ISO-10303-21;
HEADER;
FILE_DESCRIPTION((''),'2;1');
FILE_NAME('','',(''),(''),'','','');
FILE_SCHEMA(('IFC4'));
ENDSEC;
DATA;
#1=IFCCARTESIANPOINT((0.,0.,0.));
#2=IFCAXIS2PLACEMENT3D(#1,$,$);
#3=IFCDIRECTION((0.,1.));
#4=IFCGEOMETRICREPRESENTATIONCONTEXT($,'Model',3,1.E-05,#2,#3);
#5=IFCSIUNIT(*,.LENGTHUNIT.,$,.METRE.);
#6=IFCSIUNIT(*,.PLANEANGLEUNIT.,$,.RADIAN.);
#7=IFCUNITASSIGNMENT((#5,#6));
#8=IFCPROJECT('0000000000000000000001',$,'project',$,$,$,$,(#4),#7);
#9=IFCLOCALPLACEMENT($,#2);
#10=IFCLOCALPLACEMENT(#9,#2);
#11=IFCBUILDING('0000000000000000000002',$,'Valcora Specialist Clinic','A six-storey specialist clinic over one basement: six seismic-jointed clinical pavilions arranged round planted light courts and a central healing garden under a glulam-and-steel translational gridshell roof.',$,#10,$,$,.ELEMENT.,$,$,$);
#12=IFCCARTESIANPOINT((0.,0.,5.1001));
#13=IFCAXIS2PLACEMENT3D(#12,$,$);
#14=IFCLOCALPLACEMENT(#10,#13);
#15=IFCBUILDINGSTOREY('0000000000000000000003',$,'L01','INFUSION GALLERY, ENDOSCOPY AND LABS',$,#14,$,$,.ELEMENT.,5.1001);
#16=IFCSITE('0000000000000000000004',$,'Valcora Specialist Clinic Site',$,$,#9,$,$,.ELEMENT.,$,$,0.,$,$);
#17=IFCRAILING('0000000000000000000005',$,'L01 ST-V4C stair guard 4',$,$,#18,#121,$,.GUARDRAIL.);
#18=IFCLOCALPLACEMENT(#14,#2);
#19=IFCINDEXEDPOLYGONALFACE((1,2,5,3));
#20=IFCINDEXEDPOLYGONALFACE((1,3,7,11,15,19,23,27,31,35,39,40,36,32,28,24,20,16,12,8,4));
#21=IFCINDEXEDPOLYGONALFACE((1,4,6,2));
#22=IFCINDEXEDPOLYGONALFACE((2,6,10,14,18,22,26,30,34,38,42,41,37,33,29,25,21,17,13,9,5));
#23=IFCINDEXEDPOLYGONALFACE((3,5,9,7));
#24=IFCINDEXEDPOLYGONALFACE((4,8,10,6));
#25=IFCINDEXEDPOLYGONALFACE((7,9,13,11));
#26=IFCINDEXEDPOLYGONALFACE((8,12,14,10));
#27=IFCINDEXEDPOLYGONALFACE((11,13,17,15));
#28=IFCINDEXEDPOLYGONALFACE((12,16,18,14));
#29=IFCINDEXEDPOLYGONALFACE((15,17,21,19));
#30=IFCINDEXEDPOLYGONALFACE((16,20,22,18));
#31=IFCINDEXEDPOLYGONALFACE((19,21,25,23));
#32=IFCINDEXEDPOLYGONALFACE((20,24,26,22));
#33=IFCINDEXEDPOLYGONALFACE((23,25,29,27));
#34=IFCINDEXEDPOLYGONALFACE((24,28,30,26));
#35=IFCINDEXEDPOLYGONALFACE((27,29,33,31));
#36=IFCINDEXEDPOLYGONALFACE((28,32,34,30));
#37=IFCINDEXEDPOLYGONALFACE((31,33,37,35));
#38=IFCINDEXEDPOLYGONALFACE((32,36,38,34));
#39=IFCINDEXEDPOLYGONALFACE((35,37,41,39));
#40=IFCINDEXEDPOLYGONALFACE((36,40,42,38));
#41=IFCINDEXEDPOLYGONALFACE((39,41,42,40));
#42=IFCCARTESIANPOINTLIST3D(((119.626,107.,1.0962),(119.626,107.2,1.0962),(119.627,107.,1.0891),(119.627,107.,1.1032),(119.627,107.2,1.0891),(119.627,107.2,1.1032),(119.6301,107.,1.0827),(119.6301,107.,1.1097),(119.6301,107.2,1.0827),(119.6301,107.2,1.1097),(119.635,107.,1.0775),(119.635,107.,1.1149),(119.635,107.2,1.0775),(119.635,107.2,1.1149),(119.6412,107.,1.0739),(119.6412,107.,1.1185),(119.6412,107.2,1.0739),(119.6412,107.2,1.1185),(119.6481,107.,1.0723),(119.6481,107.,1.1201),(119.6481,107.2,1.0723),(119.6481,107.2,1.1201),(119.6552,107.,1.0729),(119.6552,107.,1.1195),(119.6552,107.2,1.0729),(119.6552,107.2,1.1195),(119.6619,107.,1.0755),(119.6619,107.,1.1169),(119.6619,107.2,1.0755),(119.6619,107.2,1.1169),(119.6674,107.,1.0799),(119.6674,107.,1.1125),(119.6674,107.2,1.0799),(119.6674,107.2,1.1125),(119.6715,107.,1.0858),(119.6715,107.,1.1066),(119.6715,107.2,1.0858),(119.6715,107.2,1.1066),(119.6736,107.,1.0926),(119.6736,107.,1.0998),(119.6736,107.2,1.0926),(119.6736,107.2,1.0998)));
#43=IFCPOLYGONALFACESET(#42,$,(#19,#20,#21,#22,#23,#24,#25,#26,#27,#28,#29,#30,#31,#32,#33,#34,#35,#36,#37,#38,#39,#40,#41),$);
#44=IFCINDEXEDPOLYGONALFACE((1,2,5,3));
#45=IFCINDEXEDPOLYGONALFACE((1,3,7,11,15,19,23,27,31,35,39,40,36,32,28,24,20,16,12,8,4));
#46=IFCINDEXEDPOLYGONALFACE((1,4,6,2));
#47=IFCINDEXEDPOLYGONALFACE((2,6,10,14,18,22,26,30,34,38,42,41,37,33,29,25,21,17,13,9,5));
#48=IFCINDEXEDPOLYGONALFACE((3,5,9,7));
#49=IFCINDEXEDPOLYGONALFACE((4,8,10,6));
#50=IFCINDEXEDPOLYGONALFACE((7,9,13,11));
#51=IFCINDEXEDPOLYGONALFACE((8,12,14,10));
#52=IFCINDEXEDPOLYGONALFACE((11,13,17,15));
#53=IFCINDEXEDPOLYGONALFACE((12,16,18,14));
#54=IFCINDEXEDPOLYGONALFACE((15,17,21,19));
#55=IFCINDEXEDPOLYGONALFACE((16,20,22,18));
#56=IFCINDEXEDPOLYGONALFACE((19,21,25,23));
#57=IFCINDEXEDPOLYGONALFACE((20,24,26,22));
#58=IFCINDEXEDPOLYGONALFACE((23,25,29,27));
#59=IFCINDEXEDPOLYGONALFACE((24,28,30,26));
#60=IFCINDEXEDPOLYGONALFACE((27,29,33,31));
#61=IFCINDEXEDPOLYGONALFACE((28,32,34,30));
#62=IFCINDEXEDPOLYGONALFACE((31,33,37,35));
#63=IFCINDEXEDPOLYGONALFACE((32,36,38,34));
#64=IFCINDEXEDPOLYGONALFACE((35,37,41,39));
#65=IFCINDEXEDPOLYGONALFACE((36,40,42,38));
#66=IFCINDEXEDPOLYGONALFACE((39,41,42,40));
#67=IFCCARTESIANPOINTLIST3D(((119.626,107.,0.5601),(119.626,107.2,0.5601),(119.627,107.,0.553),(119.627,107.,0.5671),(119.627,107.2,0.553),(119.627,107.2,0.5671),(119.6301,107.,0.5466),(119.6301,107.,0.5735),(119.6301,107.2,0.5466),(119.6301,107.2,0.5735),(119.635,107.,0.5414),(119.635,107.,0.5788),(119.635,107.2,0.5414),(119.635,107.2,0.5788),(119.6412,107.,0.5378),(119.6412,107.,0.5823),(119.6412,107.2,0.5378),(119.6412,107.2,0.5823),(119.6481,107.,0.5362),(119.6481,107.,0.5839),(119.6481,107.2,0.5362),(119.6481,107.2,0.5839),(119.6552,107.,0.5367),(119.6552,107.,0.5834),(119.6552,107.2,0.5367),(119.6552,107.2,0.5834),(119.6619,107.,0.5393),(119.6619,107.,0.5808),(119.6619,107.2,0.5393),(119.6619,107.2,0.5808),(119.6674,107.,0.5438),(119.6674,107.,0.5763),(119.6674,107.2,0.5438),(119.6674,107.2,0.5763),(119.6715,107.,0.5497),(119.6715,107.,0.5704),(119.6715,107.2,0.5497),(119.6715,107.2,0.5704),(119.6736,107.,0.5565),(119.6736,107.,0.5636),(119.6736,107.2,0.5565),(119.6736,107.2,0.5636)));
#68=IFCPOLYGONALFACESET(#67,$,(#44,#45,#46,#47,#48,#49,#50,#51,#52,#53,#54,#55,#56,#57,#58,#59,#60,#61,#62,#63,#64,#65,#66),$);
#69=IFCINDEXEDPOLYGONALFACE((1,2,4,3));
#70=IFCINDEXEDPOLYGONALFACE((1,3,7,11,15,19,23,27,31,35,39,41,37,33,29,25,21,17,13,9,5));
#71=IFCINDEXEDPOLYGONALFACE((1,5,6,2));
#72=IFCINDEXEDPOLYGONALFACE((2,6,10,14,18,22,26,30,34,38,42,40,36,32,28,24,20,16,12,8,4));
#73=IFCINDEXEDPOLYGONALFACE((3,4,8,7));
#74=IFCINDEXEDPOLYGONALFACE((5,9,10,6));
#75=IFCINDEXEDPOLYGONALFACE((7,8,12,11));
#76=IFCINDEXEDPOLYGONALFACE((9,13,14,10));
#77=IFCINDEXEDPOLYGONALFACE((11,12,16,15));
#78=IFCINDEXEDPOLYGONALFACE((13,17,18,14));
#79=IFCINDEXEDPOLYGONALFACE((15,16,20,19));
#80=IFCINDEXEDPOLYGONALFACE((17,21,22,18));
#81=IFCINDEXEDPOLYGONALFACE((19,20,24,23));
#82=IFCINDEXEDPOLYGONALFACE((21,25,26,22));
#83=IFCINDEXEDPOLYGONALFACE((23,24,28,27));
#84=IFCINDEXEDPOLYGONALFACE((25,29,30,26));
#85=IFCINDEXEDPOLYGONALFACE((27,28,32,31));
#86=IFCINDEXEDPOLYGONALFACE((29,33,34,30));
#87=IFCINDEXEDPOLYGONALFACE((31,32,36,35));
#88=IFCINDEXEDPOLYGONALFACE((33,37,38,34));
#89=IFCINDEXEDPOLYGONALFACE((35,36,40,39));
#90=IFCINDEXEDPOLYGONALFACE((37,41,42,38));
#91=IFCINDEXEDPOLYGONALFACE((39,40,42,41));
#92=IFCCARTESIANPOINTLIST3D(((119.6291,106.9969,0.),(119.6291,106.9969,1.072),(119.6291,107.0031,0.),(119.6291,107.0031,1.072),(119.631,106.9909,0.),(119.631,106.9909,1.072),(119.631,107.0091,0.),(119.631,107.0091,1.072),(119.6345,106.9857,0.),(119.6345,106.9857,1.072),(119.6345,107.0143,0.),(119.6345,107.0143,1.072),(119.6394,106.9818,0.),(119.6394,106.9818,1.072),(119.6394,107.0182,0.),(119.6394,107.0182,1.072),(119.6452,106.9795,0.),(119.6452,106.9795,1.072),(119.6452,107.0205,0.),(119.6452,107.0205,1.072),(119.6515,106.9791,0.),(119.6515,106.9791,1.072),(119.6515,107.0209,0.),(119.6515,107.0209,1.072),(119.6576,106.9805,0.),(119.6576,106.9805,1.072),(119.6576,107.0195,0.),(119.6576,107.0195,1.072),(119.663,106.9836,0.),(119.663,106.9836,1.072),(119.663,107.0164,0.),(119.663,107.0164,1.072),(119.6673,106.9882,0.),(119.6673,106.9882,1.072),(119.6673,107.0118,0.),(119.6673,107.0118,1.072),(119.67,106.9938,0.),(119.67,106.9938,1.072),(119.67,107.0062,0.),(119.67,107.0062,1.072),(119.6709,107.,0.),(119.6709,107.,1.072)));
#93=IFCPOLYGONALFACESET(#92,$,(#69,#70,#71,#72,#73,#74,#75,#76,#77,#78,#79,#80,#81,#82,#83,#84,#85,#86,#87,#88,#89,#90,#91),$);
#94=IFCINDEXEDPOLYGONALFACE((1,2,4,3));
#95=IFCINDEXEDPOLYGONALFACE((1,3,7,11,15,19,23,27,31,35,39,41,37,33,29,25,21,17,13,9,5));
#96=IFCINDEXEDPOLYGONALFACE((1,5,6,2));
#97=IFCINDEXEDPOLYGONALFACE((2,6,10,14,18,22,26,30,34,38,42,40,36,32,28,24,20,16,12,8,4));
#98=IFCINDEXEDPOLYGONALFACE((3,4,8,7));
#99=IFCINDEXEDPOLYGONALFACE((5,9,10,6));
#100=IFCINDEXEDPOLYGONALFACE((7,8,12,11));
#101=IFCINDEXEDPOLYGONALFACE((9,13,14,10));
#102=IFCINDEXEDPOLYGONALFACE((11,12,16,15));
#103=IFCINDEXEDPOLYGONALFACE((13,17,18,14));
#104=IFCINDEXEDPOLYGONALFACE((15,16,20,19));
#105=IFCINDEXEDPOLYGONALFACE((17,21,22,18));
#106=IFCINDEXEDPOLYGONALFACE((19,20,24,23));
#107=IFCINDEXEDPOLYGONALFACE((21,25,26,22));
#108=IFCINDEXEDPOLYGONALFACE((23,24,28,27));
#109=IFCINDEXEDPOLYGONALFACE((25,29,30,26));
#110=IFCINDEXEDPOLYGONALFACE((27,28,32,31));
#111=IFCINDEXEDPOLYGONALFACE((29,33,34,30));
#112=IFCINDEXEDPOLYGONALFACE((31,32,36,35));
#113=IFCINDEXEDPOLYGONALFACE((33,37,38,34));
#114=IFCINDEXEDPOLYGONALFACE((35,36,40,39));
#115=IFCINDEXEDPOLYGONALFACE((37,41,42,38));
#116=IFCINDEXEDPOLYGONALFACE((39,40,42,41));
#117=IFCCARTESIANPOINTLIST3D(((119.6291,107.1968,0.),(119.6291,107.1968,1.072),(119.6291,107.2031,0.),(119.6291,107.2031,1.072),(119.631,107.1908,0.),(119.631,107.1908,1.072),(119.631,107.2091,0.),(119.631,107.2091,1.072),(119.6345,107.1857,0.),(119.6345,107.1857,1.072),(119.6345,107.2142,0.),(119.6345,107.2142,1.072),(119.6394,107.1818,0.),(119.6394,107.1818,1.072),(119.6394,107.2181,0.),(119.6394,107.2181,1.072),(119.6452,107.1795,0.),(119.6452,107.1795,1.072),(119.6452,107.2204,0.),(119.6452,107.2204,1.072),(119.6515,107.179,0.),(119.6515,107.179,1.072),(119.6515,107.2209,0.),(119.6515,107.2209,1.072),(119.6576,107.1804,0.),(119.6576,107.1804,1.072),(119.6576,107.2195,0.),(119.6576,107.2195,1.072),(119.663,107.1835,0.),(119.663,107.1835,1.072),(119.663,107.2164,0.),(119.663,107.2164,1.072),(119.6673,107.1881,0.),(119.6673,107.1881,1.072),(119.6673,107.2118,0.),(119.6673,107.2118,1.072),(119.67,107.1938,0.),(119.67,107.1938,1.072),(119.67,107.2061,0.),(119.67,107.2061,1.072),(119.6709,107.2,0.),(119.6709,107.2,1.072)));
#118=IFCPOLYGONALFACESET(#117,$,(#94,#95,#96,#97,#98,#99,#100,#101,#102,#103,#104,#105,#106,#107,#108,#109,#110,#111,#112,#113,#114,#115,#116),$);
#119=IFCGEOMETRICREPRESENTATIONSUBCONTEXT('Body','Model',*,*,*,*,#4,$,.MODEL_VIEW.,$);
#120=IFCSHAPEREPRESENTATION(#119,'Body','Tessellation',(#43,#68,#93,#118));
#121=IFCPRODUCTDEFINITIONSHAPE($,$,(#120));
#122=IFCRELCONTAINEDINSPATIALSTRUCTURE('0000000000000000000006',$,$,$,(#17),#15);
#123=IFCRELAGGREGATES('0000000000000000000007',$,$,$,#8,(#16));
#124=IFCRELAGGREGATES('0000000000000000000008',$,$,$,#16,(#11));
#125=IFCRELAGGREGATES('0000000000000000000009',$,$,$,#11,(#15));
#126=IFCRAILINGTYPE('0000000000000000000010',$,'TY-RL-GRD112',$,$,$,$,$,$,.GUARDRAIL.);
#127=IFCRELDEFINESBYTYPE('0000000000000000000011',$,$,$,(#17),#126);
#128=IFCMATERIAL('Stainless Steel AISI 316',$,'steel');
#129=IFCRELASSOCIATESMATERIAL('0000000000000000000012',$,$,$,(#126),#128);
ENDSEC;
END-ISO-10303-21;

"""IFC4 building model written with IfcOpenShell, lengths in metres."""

from ifc_helpers import new_model, si_unit, direction, frame, origin, origin_2d, place, context, subcontext, project, spatial, circle, extrude, material, type_object, element, save


model = new_model("IFC4")

# Units and contexts
model_context = context("Model", 3, precision=1e-05, world=origin(), true_north=direction((0.0, 1.0)))
body_context = subcontext(model_context, "Body", "Model", "MODEL_VIEW")
ifc_project = project(units=[si_unit("LENGTHUNIT", "METRE"), si_unit("PLANEANGLEUNIT", "RADIAN")], contexts=[model_context])

# Site, building, storey
site_placement = place(None, origin())
site = spatial("IfcSite", under=ifc_project, at=site_placement, Name="Valcora Specialist Clinic Site", CompositionType="ELEMENT", RefElevation=0.0)
building_placement = place(site_placement, origin())
building = spatial("IfcBuilding", under=site, at=building_placement, Name="Valcora Specialist Clinic", Description="A six-storey specialist clinic over one basement: six seismic-jointed clinical pavilions arranged round planted light courts and a central healing garden under a glulam-and-steel translational gridshell roof.", CompositionType="ELEMENT")
storey_placement = place(building_placement, frame((0.0, 0.0, 5.1001)))
storey = spatial("IfcBuildingStorey", under=building, at=storey_placement, Name="L01", Description="INFUSION GALLERY, ENDOSCOPY AND LABS", CompositionType="ELEMENT", Elevation=5.1001)

# Railing
ifc_material_1 = material(Name="Stainless Steel AISI 316", Category="steel")
railing_type_1 = type_object("IfcRailingType", Name="TY-RL-GRD112", PredefinedType="GUARDRAIL", material=ifc_material_1)
railing_1_placement = place(storey_placement, frame((119.6499, 107.0, 0.0)))
element("IfcRailing", 1, at=railing_1_placement, inside=storey, type_object=railing_type_1, Name="L01 ST-V4C stair guard 4", PredefinedType="GUARDRAIL", context=body_context, shape_type="SweptSolid", body=[
    extrude(circle(Radius=0.0239, at=origin_2d()), frame((0.0, 0.0, 1.0962), z_axis=(0.0, 1.0, 0.0), x_axis=(-1.0, 0.0, 0.0)), (0.0, 0.0, 1.0), 0.2),
    extrude(circle(Radius=0.0239, at=origin_2d()), frame((0.0, 0.0, 0.5601), z_axis=(0.0, 1.0, 0.0), x_axis=(-1.0, 0.0, 0.0)), (0.0, 0.0, 1.0), 0.2),
    extrude(circle(Radius=0.021, at=origin_2d()), origin(), (0.0, 0.0, 1.0), 1.072),
    extrude(circle(Radius=0.021, at=origin_2d()), frame((0.0, 0.2, 0.0)), (0.0, 0.0, 1.0), 1.072),
])

save(model, "model.ifc")
